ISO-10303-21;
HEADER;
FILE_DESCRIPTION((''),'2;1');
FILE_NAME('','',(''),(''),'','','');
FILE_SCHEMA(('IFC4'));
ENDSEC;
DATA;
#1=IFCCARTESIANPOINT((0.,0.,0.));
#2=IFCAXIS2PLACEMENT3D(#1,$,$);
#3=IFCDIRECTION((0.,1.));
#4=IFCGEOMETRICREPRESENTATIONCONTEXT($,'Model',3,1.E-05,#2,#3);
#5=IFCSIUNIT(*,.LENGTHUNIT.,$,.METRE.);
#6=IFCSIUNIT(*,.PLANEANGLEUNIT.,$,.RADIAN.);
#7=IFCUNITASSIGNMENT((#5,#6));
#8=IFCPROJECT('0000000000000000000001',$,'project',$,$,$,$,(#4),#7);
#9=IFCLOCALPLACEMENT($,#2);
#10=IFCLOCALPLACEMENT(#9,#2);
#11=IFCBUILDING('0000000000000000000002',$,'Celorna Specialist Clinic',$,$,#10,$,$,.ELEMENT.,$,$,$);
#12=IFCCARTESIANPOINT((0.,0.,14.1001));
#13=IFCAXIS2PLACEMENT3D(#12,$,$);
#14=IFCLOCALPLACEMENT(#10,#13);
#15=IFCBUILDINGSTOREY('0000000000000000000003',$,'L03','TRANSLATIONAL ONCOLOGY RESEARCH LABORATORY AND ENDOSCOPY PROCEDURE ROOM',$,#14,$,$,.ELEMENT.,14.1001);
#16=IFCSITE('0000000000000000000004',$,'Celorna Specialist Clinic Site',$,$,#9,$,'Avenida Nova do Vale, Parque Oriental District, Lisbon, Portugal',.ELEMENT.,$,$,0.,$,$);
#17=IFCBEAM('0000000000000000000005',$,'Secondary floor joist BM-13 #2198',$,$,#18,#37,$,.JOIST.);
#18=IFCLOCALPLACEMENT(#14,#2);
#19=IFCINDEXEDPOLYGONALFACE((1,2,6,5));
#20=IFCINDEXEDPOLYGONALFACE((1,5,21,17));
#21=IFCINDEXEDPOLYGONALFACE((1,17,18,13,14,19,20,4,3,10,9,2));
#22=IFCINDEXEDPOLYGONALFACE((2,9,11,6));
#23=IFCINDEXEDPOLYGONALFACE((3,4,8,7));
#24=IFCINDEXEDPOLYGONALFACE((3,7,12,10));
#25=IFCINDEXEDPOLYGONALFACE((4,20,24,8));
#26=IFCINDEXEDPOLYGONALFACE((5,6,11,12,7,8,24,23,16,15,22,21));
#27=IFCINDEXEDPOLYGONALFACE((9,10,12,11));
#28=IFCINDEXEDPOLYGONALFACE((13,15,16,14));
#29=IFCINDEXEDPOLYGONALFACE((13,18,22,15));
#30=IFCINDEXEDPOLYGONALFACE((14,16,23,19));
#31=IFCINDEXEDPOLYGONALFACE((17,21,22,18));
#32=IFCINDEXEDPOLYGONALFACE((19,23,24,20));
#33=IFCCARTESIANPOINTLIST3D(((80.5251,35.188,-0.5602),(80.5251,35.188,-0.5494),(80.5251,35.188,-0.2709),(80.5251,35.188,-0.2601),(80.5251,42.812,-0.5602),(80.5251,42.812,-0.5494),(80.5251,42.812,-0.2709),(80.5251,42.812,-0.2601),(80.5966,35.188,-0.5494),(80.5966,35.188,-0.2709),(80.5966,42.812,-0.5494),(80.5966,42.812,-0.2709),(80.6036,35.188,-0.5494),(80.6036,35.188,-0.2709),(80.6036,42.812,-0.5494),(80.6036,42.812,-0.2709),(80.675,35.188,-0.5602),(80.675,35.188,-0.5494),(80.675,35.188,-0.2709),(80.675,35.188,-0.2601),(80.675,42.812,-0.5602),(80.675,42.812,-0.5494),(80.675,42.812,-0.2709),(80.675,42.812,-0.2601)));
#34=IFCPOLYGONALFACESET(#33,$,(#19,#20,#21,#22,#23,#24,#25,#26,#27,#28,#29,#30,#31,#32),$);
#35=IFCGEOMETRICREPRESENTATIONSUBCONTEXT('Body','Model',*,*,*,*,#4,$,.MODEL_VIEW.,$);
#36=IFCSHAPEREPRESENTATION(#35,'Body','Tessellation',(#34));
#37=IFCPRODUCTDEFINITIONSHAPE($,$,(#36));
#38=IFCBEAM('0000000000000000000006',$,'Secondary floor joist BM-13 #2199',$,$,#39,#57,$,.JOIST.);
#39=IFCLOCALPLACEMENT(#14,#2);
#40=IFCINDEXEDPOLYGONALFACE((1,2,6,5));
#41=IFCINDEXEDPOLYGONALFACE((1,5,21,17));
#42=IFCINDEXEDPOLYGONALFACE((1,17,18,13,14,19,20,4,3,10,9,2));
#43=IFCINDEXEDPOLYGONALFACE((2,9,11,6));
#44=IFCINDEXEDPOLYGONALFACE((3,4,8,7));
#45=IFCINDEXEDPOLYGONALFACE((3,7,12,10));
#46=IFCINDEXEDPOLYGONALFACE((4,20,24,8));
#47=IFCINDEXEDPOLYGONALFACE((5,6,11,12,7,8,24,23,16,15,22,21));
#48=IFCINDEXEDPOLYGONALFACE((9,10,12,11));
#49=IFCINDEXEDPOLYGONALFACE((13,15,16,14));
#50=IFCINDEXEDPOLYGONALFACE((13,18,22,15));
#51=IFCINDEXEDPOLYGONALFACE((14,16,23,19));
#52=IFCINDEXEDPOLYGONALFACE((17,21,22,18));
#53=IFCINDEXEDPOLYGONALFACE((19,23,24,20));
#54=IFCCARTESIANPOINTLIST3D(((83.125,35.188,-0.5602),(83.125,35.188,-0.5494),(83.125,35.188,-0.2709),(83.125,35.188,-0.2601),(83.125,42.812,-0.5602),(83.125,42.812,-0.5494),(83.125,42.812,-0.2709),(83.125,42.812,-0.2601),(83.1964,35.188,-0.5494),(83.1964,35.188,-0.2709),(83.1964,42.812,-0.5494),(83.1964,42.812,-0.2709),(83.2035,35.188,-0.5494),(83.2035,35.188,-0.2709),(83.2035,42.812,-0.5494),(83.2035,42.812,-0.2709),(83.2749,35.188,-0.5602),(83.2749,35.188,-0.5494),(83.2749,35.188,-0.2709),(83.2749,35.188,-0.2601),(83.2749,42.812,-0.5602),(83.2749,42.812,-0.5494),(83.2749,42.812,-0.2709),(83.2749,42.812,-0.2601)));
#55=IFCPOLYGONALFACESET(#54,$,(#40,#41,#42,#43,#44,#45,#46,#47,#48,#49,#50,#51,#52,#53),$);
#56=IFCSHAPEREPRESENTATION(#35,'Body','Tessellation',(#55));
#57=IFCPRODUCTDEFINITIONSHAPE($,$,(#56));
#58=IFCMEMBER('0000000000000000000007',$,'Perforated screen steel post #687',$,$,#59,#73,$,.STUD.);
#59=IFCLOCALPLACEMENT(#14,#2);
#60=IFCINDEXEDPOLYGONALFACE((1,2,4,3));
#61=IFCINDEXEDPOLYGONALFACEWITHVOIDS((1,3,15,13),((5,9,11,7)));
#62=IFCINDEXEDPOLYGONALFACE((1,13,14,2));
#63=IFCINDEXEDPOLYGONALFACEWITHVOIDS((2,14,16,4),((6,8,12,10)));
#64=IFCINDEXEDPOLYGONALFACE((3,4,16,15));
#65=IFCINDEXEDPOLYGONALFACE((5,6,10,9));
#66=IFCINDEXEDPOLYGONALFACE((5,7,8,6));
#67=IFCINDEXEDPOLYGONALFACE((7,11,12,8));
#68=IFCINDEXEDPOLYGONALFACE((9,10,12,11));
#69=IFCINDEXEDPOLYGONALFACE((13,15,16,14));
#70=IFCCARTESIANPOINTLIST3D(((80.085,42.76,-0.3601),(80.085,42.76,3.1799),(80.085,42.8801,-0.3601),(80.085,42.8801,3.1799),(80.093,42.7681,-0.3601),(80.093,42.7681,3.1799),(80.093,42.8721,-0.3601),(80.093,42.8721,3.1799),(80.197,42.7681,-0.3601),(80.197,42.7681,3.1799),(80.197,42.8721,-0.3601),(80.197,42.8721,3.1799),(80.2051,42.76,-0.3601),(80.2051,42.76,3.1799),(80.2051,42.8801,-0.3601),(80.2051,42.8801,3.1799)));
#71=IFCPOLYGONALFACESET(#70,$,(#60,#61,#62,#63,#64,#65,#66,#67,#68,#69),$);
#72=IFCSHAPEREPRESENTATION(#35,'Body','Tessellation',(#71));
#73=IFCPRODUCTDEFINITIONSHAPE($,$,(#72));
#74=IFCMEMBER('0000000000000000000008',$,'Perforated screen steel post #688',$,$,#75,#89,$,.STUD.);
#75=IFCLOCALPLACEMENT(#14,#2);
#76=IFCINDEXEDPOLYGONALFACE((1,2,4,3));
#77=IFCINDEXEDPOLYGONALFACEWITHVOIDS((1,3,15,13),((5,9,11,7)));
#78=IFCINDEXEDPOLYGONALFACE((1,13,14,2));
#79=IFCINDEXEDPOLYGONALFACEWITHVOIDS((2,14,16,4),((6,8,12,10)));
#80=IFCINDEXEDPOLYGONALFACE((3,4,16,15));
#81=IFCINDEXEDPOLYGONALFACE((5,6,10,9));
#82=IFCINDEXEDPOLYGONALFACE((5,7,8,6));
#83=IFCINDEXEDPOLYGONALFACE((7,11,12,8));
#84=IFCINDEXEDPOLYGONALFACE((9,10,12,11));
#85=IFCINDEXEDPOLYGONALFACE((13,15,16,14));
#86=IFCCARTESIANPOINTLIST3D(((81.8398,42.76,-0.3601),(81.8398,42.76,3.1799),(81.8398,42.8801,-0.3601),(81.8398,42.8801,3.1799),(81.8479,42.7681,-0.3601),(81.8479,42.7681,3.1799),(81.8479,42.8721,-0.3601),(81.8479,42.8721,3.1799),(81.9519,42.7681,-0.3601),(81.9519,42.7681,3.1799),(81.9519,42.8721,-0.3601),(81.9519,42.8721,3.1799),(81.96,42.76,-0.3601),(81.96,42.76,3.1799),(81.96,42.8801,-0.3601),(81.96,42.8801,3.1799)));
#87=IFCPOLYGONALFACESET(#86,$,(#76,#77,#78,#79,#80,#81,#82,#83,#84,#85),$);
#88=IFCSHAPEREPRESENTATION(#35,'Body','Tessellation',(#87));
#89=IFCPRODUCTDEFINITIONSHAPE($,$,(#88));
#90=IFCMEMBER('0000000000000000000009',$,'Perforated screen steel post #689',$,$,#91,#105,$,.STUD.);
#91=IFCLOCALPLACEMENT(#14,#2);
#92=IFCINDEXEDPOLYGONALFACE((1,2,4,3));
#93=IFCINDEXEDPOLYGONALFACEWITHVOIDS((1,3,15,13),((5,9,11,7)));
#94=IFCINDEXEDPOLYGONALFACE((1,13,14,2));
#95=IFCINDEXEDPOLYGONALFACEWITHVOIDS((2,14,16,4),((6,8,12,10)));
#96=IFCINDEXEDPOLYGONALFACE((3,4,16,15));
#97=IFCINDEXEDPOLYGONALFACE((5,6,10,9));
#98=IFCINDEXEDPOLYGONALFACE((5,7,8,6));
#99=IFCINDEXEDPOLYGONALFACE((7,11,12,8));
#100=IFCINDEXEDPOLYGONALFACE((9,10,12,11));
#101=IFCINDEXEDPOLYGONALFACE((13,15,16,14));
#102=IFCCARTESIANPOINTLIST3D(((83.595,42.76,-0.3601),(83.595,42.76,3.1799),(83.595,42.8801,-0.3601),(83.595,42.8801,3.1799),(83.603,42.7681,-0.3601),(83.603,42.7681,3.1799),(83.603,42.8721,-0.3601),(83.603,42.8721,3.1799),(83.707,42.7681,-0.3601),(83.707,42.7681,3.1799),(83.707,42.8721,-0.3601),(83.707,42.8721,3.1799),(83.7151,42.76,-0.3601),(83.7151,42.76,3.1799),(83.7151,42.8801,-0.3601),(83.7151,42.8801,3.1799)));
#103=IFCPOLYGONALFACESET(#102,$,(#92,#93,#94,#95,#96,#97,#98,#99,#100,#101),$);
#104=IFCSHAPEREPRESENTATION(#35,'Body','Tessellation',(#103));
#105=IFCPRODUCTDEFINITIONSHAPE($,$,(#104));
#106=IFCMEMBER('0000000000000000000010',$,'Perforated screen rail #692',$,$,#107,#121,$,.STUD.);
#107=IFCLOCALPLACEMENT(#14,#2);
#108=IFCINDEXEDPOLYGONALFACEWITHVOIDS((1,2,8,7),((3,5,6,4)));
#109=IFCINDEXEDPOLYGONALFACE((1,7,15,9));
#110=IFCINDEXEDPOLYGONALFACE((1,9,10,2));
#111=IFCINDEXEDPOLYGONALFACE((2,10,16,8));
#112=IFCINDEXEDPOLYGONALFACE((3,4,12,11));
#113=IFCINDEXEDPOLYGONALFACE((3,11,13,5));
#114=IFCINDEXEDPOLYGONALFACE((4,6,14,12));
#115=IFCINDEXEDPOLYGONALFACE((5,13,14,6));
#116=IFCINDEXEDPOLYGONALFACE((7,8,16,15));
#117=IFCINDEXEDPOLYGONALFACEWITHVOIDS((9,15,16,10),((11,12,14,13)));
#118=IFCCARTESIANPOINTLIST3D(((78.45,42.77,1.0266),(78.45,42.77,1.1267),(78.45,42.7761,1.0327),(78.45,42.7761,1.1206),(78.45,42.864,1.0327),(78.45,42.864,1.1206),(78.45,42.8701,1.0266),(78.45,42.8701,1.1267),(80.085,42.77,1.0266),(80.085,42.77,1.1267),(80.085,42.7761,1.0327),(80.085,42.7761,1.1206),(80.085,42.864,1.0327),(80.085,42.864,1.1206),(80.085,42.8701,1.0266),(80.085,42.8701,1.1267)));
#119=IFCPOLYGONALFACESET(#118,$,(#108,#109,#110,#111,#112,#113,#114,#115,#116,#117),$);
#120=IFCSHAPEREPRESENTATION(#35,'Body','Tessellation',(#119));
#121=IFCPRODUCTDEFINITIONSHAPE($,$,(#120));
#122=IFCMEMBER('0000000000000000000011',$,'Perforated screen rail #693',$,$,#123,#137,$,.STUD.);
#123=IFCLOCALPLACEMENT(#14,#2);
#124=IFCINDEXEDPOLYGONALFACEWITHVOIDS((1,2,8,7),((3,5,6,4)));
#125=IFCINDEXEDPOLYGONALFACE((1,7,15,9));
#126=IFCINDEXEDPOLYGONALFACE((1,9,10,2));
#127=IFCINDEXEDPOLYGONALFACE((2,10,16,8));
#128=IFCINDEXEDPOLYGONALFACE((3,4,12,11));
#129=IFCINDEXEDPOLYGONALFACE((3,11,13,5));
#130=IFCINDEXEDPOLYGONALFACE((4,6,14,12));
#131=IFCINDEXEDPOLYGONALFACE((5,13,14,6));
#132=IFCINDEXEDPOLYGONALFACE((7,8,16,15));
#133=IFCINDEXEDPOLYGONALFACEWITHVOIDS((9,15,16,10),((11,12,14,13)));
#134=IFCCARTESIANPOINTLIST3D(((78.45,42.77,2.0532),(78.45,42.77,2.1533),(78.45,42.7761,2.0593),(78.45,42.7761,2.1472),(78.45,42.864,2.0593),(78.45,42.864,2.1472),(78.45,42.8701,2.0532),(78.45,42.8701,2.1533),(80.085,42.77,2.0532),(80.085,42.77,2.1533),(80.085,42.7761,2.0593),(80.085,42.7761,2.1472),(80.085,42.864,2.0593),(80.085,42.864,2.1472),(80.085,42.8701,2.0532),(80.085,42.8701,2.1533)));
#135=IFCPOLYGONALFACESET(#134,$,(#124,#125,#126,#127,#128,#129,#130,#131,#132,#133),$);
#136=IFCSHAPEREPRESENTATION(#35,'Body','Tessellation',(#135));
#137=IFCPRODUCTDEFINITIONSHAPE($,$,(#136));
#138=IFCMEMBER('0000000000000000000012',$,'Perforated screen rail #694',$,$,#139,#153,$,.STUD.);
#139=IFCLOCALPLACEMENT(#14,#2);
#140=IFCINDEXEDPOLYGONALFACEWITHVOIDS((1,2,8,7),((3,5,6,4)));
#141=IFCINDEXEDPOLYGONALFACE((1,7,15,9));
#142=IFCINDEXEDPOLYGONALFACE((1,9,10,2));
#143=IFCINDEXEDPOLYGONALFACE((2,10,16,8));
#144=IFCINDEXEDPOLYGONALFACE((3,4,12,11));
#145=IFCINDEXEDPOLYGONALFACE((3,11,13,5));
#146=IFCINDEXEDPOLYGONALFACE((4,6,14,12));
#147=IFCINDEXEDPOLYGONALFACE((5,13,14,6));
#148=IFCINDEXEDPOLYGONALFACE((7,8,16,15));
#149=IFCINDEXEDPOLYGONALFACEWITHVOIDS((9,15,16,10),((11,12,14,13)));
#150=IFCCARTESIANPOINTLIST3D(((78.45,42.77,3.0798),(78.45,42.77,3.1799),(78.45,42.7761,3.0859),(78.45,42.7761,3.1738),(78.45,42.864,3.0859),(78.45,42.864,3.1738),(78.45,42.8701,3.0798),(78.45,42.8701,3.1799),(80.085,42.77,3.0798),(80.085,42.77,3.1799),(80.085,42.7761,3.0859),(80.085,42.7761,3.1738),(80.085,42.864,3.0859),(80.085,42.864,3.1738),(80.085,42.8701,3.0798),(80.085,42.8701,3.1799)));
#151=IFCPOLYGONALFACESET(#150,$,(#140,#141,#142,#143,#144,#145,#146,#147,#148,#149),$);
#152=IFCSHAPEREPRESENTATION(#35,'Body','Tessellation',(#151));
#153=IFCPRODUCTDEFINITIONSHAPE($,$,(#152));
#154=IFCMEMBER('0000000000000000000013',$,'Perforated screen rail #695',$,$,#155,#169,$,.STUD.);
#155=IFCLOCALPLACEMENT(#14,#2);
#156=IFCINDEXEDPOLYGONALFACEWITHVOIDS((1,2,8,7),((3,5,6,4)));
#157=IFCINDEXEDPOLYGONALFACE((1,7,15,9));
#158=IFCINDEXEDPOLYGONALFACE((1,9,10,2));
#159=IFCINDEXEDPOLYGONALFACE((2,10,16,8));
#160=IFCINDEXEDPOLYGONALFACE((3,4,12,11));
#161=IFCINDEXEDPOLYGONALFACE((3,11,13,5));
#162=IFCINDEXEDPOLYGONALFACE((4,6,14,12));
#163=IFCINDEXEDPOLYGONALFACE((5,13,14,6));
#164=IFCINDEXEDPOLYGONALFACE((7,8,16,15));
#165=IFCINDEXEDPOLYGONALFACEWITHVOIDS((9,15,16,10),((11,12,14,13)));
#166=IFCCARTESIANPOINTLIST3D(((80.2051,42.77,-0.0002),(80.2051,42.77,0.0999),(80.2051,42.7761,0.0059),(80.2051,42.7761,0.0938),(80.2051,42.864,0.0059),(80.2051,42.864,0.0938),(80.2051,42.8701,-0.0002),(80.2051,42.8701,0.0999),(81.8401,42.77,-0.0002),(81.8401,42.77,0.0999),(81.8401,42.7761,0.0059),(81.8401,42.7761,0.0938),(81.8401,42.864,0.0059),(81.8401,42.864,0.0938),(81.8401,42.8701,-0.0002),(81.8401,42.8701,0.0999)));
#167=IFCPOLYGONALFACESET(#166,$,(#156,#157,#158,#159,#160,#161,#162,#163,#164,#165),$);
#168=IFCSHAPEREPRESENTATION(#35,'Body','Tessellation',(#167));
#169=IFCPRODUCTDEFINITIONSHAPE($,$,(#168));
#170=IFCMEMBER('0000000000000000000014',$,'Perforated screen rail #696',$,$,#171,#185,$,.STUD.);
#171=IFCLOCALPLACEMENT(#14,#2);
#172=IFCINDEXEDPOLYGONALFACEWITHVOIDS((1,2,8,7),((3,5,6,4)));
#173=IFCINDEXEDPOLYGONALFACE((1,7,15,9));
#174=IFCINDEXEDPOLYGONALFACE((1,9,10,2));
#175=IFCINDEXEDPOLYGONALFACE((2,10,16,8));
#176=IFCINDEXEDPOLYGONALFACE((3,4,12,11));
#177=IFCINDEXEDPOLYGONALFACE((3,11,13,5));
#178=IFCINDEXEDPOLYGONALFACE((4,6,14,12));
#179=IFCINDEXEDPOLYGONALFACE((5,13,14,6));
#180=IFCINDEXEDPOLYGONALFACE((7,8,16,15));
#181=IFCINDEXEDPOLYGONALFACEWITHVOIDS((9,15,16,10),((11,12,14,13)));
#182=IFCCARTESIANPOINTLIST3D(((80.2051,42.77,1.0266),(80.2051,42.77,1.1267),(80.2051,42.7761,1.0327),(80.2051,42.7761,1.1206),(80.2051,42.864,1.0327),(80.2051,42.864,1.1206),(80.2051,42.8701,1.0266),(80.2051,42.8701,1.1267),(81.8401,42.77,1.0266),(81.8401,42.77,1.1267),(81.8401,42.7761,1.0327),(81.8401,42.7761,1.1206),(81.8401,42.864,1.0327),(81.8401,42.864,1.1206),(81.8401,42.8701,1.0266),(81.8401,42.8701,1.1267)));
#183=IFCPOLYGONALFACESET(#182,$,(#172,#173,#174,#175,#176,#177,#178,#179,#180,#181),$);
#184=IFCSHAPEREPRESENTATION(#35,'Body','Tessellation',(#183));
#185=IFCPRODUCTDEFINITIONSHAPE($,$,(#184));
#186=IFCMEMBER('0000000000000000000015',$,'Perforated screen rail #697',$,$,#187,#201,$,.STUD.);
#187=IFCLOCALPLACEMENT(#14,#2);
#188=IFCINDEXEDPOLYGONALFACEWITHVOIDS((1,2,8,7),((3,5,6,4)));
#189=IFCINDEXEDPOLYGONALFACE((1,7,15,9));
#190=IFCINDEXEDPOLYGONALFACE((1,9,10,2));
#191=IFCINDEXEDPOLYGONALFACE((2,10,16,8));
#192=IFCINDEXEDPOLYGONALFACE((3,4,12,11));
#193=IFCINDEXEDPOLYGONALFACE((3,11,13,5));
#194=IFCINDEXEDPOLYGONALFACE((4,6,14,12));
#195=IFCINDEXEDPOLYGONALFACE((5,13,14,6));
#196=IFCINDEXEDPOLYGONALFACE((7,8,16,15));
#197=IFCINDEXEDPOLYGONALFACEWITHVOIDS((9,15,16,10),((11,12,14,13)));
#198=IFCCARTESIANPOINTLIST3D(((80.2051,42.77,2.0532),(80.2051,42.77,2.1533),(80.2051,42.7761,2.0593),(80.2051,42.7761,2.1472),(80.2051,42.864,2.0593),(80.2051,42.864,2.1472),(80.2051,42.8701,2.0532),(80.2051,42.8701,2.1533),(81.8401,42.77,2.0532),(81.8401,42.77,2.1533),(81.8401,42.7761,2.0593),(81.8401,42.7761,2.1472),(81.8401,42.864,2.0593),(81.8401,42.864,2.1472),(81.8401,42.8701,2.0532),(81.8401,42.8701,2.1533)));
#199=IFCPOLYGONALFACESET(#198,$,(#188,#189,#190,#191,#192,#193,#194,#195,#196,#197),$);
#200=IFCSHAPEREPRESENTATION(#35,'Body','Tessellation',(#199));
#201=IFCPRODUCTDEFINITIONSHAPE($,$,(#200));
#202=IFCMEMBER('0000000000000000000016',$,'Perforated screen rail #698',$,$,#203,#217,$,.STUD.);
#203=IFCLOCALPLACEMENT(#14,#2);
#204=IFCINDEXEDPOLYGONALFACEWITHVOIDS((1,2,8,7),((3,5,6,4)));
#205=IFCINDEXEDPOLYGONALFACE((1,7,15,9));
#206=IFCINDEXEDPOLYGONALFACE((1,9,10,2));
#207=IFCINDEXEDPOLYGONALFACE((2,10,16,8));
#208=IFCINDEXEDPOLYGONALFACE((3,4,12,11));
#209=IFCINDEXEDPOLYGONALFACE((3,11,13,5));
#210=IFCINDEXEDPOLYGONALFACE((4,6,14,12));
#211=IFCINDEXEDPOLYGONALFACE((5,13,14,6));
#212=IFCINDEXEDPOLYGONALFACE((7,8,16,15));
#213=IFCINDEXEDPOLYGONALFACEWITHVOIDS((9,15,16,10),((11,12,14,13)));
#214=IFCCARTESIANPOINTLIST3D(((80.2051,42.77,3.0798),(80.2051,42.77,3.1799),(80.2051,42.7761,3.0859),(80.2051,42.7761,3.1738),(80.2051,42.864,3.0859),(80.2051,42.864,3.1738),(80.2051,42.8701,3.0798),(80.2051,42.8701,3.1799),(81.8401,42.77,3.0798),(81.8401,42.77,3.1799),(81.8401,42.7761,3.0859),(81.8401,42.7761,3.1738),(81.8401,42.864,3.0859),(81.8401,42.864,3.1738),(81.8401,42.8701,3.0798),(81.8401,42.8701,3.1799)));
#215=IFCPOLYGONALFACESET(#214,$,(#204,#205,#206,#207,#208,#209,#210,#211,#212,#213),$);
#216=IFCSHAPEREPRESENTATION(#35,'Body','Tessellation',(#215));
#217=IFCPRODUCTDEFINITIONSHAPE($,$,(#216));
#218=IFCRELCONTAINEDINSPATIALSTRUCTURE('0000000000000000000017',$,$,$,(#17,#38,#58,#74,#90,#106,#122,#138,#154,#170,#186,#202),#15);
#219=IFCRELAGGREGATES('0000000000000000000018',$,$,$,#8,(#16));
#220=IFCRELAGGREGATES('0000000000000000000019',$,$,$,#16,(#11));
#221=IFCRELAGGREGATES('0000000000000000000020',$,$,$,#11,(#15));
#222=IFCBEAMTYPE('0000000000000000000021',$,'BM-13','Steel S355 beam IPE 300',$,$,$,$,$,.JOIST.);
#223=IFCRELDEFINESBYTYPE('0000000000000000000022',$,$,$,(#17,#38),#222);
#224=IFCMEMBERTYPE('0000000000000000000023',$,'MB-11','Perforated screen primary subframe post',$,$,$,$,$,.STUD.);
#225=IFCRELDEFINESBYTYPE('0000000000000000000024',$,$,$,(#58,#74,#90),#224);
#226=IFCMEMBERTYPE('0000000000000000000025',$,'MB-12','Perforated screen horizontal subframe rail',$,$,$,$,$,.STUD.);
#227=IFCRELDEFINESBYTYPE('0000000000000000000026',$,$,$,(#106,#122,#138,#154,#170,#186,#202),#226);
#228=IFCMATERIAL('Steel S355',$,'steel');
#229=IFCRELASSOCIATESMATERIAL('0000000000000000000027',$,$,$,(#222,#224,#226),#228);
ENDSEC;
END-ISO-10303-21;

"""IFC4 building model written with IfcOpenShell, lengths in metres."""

from ifc_helpers import new_model, si_unit, direction, frame, origin, origin_2d, place, context, subcontext, project, spatial, hollow_rectangle, i_section, extrude, material, material_profile, profile_set, type_object, element, save


model = new_model("IFC4")

# Units and contexts
model_context = context("Model", 3, precision=1e-05, world=origin(), true_north=direction((0.0, 1.0)))
body_context = subcontext(model_context, "Body", "Model", "MODEL_VIEW")
ifc_project = project(units=[si_unit("LENGTHUNIT", "METRE"), si_unit("PLANEANGLEUNIT", "RADIAN")], contexts=[model_context])

# Site, building, storey
site_placement = place(None, origin())
site = spatial("IfcSite", under=ifc_project, at=site_placement, Name="Celorna Specialist Clinic Site", LongName="Avenida Nova do Vale, Parque Oriental District, Lisbon, Portugal", CompositionType="ELEMENT", RefElevation=0.0)
building_placement = place(site_placement, origin())
building = spatial("IfcBuilding", under=site, at=building_placement, Name="Celorna Specialist Clinic", CompositionType="ELEMENT")
storey_placement = place(building_placement, frame((0.0, 0.0, 14.1001)))
storey = spatial("IfcBuildingStorey", under=building, at=storey_placement, Name="L03", Description="TRANSLATIONAL ONCOLOGY RESEARCH LABORATORY AND ENDOSCOPY PROCEDURE ROOM", CompositionType="ELEMENT", Elevation=14.1001)

# Beams
ifc_material_1 = material(Name="Steel S355", Category="steel")
ifc_material_profile_1 = material_profile(ifc_material_1, i_section(OverallWidth=0.1499, OverallDepth=0.3, WebThickness=0.0071, FlangeThickness=0.0107, at=origin_2d()), Name="IPE 300")
ifc_profile_set_1 = profile_set([ifc_material_profile_1], Name="Steel S355")
beam_type = type_object("IfcBeamType", Name="BM-13", Description="Steel S355 beam IPE 300", PredefinedType="JOIST", material=ifc_profile_set_1)
for number, where, z_axis, x_axis, name in (
    (1, (80.6001, 35.188, -0.4102), (0.0, 1.0, 0.0), (-1.0, 0.0, 0.0), "Secondary floor joist BM-13 #2198"),
    (2, (83.2, 35.188, -0.4102), (0.0, 1.0, 0.0), (-1.0, 0.0, 0.0), "Secondary floor joist BM-13 #2199"),
):
    element("IfcBeam", number, at=place(storey_placement, frame(where, z_axis=z_axis, x_axis=x_axis)), inside=storey, type_object=beam_type, Name=name, PredefinedType="JOIST", context=body_context, shape_type="SweptSolid", body=[
        extrude(i_section(OverallWidth=0.1499, OverallDepth=0.3, WebThickness=0.0071, FlangeThickness=0.0107, at=origin_2d()), origin(), (0.0, 0.0, 1.0), 7.624),
    ])

# Members
ifc_material_profile_2 = material_profile(ifc_material_1, hollow_rectangle(XDim=0.1201, YDim=0.1201, WallThickness=0.0081, at=origin_2d()), Name="SHS 120x120x8")
ifc_profile_set_2 = profile_set([ifc_material_profile_2], Name="Steel S355")
member_type_1 = type_object("IfcMemberType", Name="MB-11", Description="Perforated screen primary subframe post", PredefinedType="STUD", material=ifc_profile_set_2)
for number, where, z_axis, x_axis, name in (
    (3, (80.145, 42.8201, -0.3601), (0.0, 0.0, 1.0), (1.0, 0.0, 0.0), "Perforated screen steel post #687"),
    (4, (81.8999, 42.8201, -0.3601), (0.0, 0.0, 1.0), (1.0, 0.0, 0.0), "Perforated screen steel post #688"),
    (5, (83.655, 42.8201, -0.3601), (0.0, 0.0, 1.0), (1.0, 0.0, 0.0), "Perforated screen steel post #689"),
):
    element("IfcMember", number, at=place(storey_placement, frame(where, z_axis=z_axis, x_axis=x_axis)), inside=storey, type_object=member_type_1, Name=name, PredefinedType="STUD", context=body_context, shape_type="SweptSolid", body=[
        extrude(hollow_rectangle(XDim=0.1201, YDim=0.1201, WallThickness=0.0081, at=origin_2d()), origin(), (0.0, 0.0, 1.0), 3.54),
    ])
ifc_material_profile_3 = material_profile(ifc_material_1, hollow_rectangle(XDim=0.1001, YDim=0.1001, WallThickness=0.0061, at=origin_2d()), Name="SHS 100x100x6")
ifc_profile_set_3 = profile_set([ifc_material_profile_3], Name="Steel S355")
member_type_2 = type_object("IfcMemberType", Name="MB-12", Description="Perforated screen horizontal subframe rail", PredefinedType="STUD", material=ifc_profile_set_3)
for number, where, z_axis, x_axis, name in (
    (6, (78.45, 42.8201, 1.0767), (1.0, 0.0, 0.0), (0.0, 1.0, 0.0), "Perforated screen rail #692"),
    (7, (78.45, 42.8201, 2.1033), (1.0, 0.0, 0.0), (0.0, 1.0, 0.0), "Perforated screen rail #693"),
    (8, (78.45, 42.8201, 3.1299), (1.0, 0.0, 0.0), (0.0, 1.0, 0.0), "Perforated screen rail #694"),
    (9, (80.2051, 42.8201, 0.0498), (1.0, 0.0, 0.0), (0.0, 1.0, 0.0), "Perforated screen rail #695"),
    (10, (80.2051, 42.8201, 1.0767), (1.0, 0.0, 0.0), (0.0, 1.0, 0.0), "Perforated screen rail #696"),
    (11, (80.2051, 42.8201, 2.1033), (1.0, 0.0, 0.0), (0.0, 1.0, 0.0), "Perforated screen rail #697"),
    (12, (80.2051, 42.8201, 3.1299), (1.0, 0.0, 0.0), (0.0, 1.0, 0.0), "Perforated screen rail #698"),
):
    element("IfcMember", number, at=place(storey_placement, frame(where, z_axis=z_axis, x_axis=x_axis)), inside=storey, type_object=member_type_2, Name=name, PredefinedType="STUD", context=body_context, shape_type="SweptSolid", body=[
        extrude(hollow_rectangle(XDim=0.1001, YDim=0.1001, WallThickness=0.0061, at=origin_2d()), origin(), (0.0, 0.0, 1.0), 1.635),
    ])

save(model, "model.ifc")
